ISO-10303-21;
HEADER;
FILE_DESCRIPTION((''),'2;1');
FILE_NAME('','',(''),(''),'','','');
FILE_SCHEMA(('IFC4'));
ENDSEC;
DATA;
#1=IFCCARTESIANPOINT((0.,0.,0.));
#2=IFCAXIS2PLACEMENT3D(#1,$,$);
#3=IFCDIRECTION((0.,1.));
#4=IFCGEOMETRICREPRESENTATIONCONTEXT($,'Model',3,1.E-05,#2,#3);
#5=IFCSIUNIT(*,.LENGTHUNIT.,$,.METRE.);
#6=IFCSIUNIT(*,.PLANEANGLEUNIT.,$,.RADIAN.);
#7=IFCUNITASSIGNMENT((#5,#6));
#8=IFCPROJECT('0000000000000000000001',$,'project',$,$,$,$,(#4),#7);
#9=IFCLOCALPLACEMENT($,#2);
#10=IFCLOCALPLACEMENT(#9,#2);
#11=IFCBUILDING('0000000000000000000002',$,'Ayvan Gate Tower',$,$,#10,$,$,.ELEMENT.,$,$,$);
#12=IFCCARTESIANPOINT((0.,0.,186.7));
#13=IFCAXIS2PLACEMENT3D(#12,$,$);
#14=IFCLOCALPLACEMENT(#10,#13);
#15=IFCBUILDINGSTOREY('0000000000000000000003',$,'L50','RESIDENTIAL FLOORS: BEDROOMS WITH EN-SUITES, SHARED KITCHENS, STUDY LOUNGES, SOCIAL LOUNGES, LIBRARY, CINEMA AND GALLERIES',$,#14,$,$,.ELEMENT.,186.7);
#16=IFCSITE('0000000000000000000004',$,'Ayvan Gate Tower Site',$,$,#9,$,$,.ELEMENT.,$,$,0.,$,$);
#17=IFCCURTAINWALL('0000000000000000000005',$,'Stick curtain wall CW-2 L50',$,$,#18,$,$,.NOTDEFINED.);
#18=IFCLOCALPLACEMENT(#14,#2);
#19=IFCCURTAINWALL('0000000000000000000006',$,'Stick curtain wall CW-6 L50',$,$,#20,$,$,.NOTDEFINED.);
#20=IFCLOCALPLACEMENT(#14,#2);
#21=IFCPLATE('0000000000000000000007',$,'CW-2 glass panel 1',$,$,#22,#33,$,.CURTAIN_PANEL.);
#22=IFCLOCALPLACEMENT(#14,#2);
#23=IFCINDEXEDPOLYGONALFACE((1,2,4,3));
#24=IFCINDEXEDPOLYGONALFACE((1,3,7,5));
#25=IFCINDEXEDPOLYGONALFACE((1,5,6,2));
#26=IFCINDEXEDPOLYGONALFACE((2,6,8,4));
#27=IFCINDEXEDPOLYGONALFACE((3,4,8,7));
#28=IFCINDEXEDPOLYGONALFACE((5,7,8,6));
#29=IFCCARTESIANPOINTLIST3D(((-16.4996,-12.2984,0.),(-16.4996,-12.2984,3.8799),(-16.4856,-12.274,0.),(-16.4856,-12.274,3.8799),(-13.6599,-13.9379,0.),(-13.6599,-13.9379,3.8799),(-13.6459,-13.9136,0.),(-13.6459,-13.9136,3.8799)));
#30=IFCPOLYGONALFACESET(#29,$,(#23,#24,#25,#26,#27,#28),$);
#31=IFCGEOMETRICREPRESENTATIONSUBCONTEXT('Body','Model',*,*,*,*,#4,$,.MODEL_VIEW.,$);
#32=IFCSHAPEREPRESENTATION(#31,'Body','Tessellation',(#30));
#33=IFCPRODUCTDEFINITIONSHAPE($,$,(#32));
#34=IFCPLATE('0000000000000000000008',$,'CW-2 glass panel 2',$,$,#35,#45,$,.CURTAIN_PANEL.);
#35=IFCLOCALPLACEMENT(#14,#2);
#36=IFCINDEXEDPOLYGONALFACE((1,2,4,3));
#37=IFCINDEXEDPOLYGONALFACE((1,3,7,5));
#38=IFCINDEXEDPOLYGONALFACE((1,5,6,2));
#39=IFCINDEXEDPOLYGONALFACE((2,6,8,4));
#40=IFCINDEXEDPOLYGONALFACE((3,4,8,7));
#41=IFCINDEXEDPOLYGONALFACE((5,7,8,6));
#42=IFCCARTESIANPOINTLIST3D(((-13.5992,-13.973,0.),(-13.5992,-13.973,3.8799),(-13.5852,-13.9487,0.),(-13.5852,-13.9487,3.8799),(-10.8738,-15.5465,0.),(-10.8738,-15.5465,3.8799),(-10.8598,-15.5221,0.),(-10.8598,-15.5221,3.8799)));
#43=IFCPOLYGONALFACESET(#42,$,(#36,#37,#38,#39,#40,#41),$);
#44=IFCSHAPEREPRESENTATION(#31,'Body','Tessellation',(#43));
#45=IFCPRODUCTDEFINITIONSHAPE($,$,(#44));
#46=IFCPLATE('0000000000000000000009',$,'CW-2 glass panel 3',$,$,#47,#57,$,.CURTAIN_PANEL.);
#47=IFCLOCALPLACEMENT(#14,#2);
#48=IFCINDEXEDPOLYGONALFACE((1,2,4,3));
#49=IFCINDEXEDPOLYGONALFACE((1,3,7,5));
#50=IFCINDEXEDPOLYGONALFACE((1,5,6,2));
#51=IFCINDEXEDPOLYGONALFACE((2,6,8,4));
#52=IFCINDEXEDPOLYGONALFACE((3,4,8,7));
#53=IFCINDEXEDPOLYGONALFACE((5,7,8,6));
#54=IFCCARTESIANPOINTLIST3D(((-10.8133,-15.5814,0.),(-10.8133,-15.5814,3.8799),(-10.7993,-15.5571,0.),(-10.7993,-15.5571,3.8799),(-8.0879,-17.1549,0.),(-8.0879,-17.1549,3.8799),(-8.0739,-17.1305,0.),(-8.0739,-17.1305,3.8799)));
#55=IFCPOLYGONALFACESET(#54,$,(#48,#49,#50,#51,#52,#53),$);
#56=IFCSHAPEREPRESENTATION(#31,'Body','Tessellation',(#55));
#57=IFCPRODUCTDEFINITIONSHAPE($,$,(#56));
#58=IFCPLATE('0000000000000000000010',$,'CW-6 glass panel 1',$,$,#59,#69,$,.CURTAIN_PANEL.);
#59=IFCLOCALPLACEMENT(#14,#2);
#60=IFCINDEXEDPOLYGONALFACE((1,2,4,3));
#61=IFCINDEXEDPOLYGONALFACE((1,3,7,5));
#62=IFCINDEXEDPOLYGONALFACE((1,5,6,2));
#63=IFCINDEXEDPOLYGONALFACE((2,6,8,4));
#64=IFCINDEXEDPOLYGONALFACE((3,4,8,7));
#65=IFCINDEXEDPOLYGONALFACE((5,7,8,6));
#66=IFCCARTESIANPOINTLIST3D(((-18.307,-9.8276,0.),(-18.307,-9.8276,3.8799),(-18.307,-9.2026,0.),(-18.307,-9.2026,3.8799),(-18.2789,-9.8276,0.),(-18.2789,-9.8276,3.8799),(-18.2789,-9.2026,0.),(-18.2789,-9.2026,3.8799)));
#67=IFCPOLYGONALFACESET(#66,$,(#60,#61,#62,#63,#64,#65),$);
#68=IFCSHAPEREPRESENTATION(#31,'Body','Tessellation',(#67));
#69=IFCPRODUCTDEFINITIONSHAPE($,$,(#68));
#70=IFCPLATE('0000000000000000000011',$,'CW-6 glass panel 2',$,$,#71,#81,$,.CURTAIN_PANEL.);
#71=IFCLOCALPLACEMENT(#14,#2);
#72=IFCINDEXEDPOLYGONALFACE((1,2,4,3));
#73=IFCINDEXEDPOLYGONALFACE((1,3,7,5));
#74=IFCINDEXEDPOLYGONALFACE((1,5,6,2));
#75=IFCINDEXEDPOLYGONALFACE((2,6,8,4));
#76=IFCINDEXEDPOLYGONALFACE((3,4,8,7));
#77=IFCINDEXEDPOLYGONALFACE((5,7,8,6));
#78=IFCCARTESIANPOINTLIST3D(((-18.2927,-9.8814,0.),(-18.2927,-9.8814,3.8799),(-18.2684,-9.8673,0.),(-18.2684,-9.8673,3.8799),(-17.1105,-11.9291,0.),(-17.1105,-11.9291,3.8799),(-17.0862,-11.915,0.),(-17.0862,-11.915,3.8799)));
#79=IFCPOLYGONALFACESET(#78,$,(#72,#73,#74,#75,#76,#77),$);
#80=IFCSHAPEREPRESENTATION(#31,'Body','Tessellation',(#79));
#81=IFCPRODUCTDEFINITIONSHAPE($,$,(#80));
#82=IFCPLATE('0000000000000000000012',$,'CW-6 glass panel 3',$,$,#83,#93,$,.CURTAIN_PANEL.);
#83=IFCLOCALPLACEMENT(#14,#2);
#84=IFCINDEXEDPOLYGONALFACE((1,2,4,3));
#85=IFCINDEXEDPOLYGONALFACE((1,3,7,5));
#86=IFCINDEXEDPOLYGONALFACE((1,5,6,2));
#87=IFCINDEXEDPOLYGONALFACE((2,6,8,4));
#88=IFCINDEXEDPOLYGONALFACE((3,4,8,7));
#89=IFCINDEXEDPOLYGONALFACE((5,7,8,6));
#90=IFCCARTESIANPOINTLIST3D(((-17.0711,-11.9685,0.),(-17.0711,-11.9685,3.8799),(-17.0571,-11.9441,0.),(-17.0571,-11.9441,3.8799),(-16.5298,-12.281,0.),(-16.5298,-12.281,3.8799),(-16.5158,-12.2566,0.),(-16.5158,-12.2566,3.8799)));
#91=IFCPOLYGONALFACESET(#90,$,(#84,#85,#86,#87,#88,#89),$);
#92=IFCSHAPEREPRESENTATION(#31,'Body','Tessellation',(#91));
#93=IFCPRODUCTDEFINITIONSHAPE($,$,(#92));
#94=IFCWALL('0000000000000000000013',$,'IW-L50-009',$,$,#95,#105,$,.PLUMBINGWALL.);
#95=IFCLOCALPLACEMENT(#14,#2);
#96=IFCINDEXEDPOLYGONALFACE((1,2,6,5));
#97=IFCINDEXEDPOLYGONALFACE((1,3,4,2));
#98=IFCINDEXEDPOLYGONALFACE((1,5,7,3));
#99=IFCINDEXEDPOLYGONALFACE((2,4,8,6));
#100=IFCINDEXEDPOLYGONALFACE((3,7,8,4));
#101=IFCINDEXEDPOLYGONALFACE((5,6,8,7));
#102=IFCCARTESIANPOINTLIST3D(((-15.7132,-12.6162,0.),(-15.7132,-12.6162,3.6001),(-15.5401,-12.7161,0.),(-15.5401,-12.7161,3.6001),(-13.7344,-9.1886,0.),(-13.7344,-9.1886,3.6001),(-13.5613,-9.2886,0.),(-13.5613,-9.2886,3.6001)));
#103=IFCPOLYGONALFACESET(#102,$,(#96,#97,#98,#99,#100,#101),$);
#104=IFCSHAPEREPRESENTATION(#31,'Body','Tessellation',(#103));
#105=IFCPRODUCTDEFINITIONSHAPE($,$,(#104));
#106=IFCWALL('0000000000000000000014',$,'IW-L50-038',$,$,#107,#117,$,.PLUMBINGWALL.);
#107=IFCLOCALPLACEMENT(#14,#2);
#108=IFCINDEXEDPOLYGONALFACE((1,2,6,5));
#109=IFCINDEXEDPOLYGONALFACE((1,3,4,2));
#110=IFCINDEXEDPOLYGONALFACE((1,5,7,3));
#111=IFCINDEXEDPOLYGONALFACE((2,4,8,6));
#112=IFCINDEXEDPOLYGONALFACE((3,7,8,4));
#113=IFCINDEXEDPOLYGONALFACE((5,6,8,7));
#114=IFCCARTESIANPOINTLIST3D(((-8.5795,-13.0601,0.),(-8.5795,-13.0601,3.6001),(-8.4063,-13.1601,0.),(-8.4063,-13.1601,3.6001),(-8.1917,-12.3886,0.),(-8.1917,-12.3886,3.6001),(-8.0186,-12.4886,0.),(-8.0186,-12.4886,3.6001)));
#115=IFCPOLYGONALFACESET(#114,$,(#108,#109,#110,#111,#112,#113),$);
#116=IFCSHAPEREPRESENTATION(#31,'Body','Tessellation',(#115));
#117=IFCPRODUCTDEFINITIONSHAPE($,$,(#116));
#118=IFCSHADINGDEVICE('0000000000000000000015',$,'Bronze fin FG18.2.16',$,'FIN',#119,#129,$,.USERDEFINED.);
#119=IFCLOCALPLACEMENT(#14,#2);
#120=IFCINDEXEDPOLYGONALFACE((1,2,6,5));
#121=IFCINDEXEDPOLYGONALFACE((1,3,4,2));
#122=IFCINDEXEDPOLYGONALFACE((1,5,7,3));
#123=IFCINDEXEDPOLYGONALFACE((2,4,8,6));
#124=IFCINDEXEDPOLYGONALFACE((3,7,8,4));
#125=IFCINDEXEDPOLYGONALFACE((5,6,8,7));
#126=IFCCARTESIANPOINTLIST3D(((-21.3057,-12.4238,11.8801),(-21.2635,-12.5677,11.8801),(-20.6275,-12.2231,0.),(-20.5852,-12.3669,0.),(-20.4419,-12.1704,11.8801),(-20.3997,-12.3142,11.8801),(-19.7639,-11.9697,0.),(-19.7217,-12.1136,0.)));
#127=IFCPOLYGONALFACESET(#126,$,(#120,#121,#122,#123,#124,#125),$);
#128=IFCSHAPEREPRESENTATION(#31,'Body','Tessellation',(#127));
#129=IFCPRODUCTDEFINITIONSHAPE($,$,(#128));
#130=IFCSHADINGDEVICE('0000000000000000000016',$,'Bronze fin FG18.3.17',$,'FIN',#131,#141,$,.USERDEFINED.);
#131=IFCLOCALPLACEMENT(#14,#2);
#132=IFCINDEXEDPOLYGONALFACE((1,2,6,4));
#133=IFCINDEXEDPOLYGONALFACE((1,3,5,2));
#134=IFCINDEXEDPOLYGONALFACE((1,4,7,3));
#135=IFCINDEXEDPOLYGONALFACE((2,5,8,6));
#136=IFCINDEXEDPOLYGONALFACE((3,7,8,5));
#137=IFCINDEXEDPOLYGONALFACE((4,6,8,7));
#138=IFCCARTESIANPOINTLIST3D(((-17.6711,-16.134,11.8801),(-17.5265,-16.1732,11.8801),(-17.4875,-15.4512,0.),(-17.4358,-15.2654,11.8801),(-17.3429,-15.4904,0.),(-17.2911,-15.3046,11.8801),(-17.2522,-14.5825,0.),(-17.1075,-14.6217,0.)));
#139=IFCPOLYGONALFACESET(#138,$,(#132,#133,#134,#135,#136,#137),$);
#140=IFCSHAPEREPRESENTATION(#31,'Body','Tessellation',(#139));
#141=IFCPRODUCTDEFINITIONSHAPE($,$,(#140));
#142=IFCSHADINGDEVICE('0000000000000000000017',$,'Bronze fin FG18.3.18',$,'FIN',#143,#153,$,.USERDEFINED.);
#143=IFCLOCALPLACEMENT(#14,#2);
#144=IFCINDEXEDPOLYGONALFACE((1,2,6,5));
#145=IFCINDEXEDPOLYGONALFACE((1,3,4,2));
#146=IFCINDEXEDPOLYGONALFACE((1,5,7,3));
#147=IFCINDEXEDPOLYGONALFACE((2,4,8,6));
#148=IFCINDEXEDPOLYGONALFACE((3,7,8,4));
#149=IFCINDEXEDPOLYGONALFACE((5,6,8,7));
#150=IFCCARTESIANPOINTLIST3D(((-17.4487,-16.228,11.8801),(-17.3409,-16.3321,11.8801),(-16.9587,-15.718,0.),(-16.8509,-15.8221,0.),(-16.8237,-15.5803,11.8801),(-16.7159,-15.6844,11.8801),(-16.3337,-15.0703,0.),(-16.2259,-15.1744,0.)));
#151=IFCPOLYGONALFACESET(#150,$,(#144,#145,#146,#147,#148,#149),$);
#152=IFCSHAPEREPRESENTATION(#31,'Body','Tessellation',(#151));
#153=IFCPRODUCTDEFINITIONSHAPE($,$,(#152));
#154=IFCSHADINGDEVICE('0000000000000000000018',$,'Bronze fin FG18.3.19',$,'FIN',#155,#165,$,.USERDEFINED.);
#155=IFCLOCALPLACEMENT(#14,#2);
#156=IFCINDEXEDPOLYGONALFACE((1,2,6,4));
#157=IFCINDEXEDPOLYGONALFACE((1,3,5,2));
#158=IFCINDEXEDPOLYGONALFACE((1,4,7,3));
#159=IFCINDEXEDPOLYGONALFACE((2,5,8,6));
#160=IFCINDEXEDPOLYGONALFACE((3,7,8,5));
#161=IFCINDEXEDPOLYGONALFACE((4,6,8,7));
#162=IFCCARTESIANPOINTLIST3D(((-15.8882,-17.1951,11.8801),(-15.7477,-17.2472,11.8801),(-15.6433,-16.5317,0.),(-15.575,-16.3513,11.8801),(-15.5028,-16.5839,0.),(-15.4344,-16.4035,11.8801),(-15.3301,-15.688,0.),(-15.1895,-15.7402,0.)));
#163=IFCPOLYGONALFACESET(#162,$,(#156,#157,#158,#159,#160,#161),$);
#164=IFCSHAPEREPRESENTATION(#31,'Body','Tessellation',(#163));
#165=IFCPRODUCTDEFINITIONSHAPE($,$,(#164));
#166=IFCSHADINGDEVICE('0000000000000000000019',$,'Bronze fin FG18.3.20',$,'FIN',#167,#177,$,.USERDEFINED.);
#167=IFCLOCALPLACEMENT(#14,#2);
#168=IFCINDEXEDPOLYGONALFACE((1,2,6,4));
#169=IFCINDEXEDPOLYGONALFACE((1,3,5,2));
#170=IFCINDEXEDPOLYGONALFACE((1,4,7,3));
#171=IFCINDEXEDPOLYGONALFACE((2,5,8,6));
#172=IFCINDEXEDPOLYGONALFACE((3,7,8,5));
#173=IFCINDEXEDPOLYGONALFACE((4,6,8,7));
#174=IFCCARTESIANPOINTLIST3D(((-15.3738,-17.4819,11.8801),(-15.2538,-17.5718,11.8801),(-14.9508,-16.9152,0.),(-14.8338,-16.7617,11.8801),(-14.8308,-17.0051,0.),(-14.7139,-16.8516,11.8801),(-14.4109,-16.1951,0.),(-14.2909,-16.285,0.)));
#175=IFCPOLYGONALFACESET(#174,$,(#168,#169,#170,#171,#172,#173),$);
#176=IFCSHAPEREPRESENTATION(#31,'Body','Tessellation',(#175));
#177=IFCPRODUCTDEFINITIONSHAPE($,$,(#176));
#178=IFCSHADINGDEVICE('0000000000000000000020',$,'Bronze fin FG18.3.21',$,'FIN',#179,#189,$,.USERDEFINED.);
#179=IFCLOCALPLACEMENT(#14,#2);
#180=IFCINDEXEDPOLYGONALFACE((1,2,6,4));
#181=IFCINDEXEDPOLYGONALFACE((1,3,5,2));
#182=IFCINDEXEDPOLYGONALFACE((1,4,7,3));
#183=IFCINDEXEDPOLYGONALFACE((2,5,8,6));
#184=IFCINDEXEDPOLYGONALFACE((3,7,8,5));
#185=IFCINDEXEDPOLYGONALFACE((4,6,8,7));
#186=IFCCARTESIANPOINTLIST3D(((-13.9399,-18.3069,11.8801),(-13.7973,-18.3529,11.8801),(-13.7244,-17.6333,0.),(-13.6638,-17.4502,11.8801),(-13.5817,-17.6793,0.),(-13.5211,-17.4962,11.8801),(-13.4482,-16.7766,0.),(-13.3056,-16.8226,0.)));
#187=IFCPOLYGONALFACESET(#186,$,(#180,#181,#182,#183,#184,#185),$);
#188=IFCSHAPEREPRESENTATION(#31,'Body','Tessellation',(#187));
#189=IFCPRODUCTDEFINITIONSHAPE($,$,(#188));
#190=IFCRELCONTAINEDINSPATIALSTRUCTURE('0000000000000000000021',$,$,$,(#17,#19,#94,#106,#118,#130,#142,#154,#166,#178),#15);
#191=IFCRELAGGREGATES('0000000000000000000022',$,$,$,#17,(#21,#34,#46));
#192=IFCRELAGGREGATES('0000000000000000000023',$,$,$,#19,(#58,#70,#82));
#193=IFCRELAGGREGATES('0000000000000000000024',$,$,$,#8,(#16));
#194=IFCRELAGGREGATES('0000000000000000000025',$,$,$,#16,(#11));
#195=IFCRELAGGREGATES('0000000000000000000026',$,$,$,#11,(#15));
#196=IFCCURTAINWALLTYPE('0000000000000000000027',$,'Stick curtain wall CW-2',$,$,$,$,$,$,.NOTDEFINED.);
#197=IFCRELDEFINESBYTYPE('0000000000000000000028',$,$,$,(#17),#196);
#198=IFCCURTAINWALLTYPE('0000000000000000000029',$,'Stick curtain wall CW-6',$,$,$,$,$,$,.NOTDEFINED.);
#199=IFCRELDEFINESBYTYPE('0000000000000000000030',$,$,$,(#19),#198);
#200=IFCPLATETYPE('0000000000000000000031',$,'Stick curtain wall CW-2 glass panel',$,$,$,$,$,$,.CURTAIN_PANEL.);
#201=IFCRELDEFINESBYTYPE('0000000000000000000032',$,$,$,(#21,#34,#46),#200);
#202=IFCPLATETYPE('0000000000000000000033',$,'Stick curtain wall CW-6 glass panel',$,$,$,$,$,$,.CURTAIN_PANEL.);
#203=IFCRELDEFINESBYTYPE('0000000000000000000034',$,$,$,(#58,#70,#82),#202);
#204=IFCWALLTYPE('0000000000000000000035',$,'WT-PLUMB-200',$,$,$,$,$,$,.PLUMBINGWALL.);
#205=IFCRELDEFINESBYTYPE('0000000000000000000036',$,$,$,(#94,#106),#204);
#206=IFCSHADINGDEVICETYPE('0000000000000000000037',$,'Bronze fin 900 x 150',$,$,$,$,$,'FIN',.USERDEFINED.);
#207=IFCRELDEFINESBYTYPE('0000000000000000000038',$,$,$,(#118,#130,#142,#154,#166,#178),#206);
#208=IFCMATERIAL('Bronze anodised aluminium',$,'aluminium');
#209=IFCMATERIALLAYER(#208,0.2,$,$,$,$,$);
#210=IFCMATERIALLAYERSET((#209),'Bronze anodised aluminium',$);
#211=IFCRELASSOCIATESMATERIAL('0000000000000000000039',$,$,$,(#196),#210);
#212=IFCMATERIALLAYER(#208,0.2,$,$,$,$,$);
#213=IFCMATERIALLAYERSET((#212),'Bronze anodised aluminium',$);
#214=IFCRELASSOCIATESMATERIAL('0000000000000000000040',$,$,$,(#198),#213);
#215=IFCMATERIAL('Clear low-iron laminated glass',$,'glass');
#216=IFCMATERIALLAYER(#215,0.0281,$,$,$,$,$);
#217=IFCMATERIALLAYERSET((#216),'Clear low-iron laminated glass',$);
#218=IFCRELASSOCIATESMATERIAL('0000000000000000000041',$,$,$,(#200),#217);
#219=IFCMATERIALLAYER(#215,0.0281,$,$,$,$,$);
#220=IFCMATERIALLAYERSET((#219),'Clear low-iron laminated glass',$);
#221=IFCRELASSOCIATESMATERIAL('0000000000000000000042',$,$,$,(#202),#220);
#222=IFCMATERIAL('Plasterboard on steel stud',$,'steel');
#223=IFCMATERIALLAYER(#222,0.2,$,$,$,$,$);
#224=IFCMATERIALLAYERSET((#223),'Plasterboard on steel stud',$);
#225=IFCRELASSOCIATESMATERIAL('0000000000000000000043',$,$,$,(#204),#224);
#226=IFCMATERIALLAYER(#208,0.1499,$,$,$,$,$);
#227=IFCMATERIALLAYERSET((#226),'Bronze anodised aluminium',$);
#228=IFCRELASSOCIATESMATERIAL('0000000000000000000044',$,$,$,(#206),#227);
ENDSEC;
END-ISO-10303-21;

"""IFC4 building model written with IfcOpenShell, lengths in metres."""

from ifc_helpers import new_model, si_unit, direction, frame, frame_2d, origin, origin_2d, place, context, subcontext, project, spatial, polyline, rectangle, outline, extrude, material, layer, layer_set, type_object, element, aggregate, save


model = new_model("IFC4")

# Units and contexts
model_context = context("Model", 3, precision=1e-05, world=origin(), true_north=direction((0.0, 1.0)))
body_context = subcontext(model_context, "Body", "Model", "MODEL_VIEW")
ifc_project = project(units=[si_unit("LENGTHUNIT", "METRE"), si_unit("PLANEANGLEUNIT", "RADIAN")], contexts=[model_context])

# Site, building, storey
site_placement = place(None, origin())
site = spatial("IfcSite", under=ifc_project, at=site_placement, Name="Ayvan Gate Tower Site", CompositionType="ELEMENT", RefElevation=0.0)
building_placement = place(site_placement, origin())
building = spatial("IfcBuilding", under=site, at=building_placement, Name="Ayvan Gate Tower", CompositionType="ELEMENT")
storey_placement = place(building_placement, frame((0.0, 0.0, 186.7)))
storey = spatial("IfcBuildingStorey", under=building, at=storey_placement, Name="L50", Description="RESIDENTIAL FLOORS: BEDROOMS WITH EN-SUITES, SHARED KITCHENS, STUDY LOUNGES, SOCIAL LOUNGES, LIBRARY, CINEMA AND GALLERIES", CompositionType="ELEMENT", Elevation=186.7)

# Curtain walls
ifc_material_1 = material(Name="Bronze anodised aluminium", Category="aluminium")
ifc_layer_1 = layer(ifc_material_1, 0.2)
ifc_layer_set_1 = layer_set([ifc_layer_1], Name="Bronze anodised aluminium")
curtain_wall_type_1 = type_object("IfcCurtainWallType", Name="Stick curtain wall CW-2", PredefinedType="NOTDEFINED", material=ifc_layer_set_1)
curtain_wall_1_placement = place(storey_placement, origin())
curtain_wall_1 = element("IfcCurtainWall", 1, at=curtain_wall_1_placement, inside=storey, type_object=curtain_wall_type_1, Name="Stick curtain wall CW-2 L50", PredefinedType="NOTDEFINED")
ifc_layer_2 = layer(ifc_material_1, 0.2)
ifc_layer_set_2 = layer_set([ifc_layer_2], Name="Bronze anodised aluminium")
curtain_wall_type_2 = type_object("IfcCurtainWallType", Name="Stick curtain wall CW-6", PredefinedType="NOTDEFINED", material=ifc_layer_set_2)
curtain_wall_2_placement = place(storey_placement, origin())
curtain_wall_2 = element("IfcCurtainWall", 2, at=curtain_wall_2_placement, inside=storey, type_object=curtain_wall_type_2, Name="Stick curtain wall CW-6 L50", PredefinedType="NOTDEFINED")

# Plates
ifc_material_2 = material(Name="Clear low-iron laminated glass", Category="glass")
ifc_layer_3 = layer(ifc_material_2, 0.0281)
ifc_layer_set_3 = layer_set([ifc_layer_3], Name="Clear low-iron laminated glass")
plate_type_1 = type_object("IfcPlateType", Name="Stick curtain wall CW-2 glass panel", PredefinedType="CURTAIN_PANEL", material=ifc_layer_set_3)
plate_1_placement = place(storey_placement, frame((-15.0728, -13.106, 0.0), z_axis=(0.0, 0.0, 1.0), x_axis=(0.866025, -0.5, 0.0)))
plate_1 = element("IfcPlate", 3, at=plate_1_placement, type_object=plate_type_1, Name="CW-2 glass panel 1", PredefinedType="CURTAIN_PANEL", context=body_context, shape_type="SweptSolid", body=[
    extrude(rectangle(XDim=3.2791, YDim=0.0281, at=origin_2d()), origin(), (0.0, 0.0, 1.0), 3.8799),
])
plate_2_placement = place(storey_placement, frame((-12.2295, -14.7476, 0.0), z_axis=(0.0, 0.0, 1.0), x_axis=(0.866025, -0.5, 0.0)))
plate_2 = element("IfcPlate", 4, at=plate_2_placement, type_object=plate_type_1, Name="CW-2 glass panel 2", PredefinedType="CURTAIN_PANEL", context=body_context, shape_type="SweptSolid", body=[
    extrude(rectangle(XDim=3.147, YDim=0.0281, at=origin_2d()), origin(), (0.0, 0.0, 1.0), 3.8799),
])
plate_3_placement = place(storey_placement, frame((-9.4436, -16.356, 0.0), z_axis=(0.0, 0.0, 1.0), x_axis=(0.866025, -0.5, 0.0)))
plate_3 = element("IfcPlate", 5, at=plate_3_placement, type_object=plate_type_1, Name="CW-2 glass panel 3", PredefinedType="CURTAIN_PANEL", context=body_context, shape_type="SweptSolid", body=[
    extrude(rectangle(XDim=3.147, YDim=0.0281, at=origin_2d()), origin(), (0.0, 0.0, 1.0), 3.8799),
])
aggregate(curtain_wall_1, [plate_1, plate_2, plate_3])
ifc_layer_4 = layer(ifc_material_2, 0.0281)
ifc_layer_set_4 = layer_set([ifc_layer_4], Name="Clear low-iron laminated glass")
plate_type_2 = type_object("IfcPlateType", Name="Stick curtain wall CW-6 glass panel", PredefinedType="CURTAIN_PANEL", material=ifc_layer_set_4)
plate_4_placement = place(storey_placement, frame((-18.293, -9.5151, 0.0), z_axis=(0.0, 0.0, 1.0), x_axis=(0.0, -1.0, 0.0)))
plate_4 = element("IfcPlate", 6, at=plate_4_placement, type_object=plate_type_2, Name="CW-6 glass panel 1", PredefinedType="CURTAIN_PANEL", context=body_context, shape_type="SweptSolid", body=[
    extrude(rectangle(XDim=0.625, YDim=0.0281, at=origin_2d()), origin(), (0.0, 0.0, 1.0), 3.8799),
])
plate_5_placement = place(storey_placement, frame((-17.6895, -10.8982, 0.0), z_axis=(0.0, 0.0, 1.0), x_axis=(0.5, -0.866025, 0.0)))
plate_5 = element("IfcPlate", 7, at=plate_5_placement, type_object=plate_type_2, Name="CW-6 glass panel 2", PredefinedType="CURTAIN_PANEL", context=body_context, shape_type="SweptSolid", body=[
    extrude(rectangle(XDim=2.3645, YDim=0.0281, at=origin_2d()), origin(), (0.0, 0.0, 1.0), 3.8799),
])
plate_6_placement = place(storey_placement, frame((-16.7935, -12.1125, 0.0), z_axis=(0.0, 0.0, 1.0), x_axis=(0.866025, -0.5, 0.0)))
plate_6 = element("IfcPlate", 8, at=plate_6_placement, type_object=plate_type_2, Name="CW-6 glass panel 3", PredefinedType="CURTAIN_PANEL", context=body_context, shape_type="SweptSolid", body=[
    extrude(rectangle(XDim=0.625, YDim=0.0281, at=origin_2d()), origin(), (0.0, 0.0, 1.0), 3.8799),
])
aggregate(curtain_wall_2, [plate_4, plate_5, plate_6])

# Walls
ifc_material_3 = material(Name="Plasterboard on steel stud", Category="steel")
ifc_layer_5 = layer(ifc_material_3, 0.2)
ifc_layer_set_5 = layer_set([ifc_layer_5], Name="Plasterboard on steel stud")
wall_type = type_object("IfcWallType", Name="WT-PLUMB-200", PredefinedType="PLUMBINGWALL", material=ifc_layer_set_5)
wall_1_placement = place(storey_placement, frame((-15.6267, -12.6663, 0.0), z_axis=(0.0, 0.0, 1.0), x_axis=(0.499981, 0.866037, 0.0)))
element("IfcWall", 9, at=wall_1_placement, inside=storey, type_object=wall_type, Name="IW-L50-009", PredefinedType="PLUMBINGWALL", context=body_context, shape_type="SweptSolid", body=[
    extrude(rectangle(XDim=3.9578, YDim=0.2, at=frame_2d((1.979, 0.0))), origin(), (0.0, 0.0, 1.0), 3.6001),
])
wall_2_placement = place(storey_placement, frame((-8.4929, -13.1101, 0.0), z_axis=(0.0, 0.0, 1.0), x_axis=(0.500068, 0.865986, 0.0)))
element("IfcWall", 10, at=wall_2_placement, inside=storey, type_object=wall_type, Name="IW-L50-038", PredefinedType="PLUMBINGWALL", context=body_context, shape_type="SweptSolid", body=[
    extrude(rectangle(XDim=0.7754, YDim=0.2, at=frame_2d((0.3877, 0.0))), origin(), (0.0, 0.0, 1.0), 3.6001),
])

# Shading devices
ifc_layer_6 = layer(ifc_material_1, 0.1499)
ifc_layer_set_6 = layer_set([ifc_layer_6], Name="Bronze anodised aluminium")
shading_device_type = type_object("IfcShadingDeviceType", Name="Bronze fin 900 x 150", ElementType="FIN", PredefinedType="USERDEFINED", material=ifc_layer_set_6)
shading_device_1_placement = place(storey_placement, frame((-19.7639, -11.9697, 0.0), z_axis=(-0.281557, 0.959545, 0.000138), x_axis=(-0.959545, -0.281557, 0.0)))
element("IfcShadingDevice", 11, at=shading_device_1_placement, inside=storey, type_object=shading_device_type, Name="Bronze fin FG18.2.16", ObjectType="FIN", PredefinedType="USERDEFINED", context=body_context, shape_type="SweptSolid", body=[
    extrude(outline(polyline([(0.0, 0.0), (0.8999, 0.0), (1.6072, 11.8801), (0.7071, 11.8801), (0.0, 0.0)])), origin(), (0.0, 0.0, -1.0), 0.1499),
])
shading_device_2_placement = place(storey_placement, frame((-17.2522, -14.5825, 0.0), z_axis=(-0.965201, 0.26151, 0.000115), x_axis=(-0.26151, -0.965201, 0.0)))
element("IfcShadingDevice", 12, at=shading_device_2_placement, inside=storey, type_object=shading_device_type, Name="Bronze fin FG18.3.17", ObjectType="FIN", PredefinedType="USERDEFINED", context=body_context, shape_type="SweptSolid", body=[
    extrude(outline(polyline([(0.0, 0.0), (0.9, 0.0), (1.6071, 11.8801), (0.7071, 11.8801), (0.0, 0.0)])), origin(), (0.0, 0.0, -1.0), 0.1499),
])
shading_device_3_placement = place(storey_placement, frame((-16.3337, -15.0703, 0.0), z_axis=(-0.719607, 0.694381, 0.00013), x_axis=(-0.694381, -0.719607, 0.0)))
element("IfcShadingDevice", 13, at=shading_device_3_placement, inside=storey, type_object=shading_device_type, Name="Bronze fin FG18.3.18", ObjectType="FIN", PredefinedType="USERDEFINED", context=body_context, shape_type="SweptSolid", body=[
    extrude(outline(polyline([(0.0, 0.0), (0.9001, 0.0), (1.6073, 11.8801), (0.7072, 11.8801), (0.0, 0.0)])), origin(), (0.0, 0.0, -1.0), 0.1499),
])
shading_device_4_placement = place(storey_placement, frame((-15.3301, -15.688, 0.0), z_axis=(-0.937483, 0.34803, 0.000109), x_axis=(-0.34803, -0.937483, 0.0)))
element("IfcShadingDevice", 14, at=shading_device_4_placement, inside=storey, type_object=shading_device_type, Name="Bronze fin FG18.3.19", ObjectType="FIN", PredefinedType="USERDEFINED", context=body_context, shape_type="SweptSolid", body=[
    extrude(outline(polyline([(0.0, 0.0), (0.9, 0.0), (1.6071, 11.8801), (0.7071, 11.8801), (0.0, 0.0)])), origin(), (0.0, 0.0, -1.0), 0.1499),
])
shading_device_5_placement = place(storey_placement, frame((-14.4109, -16.1951, 0.0), z_axis=(-0.80013, 0.599826, 0.000123), x_axis=(-0.599826, -0.80013, 0.0)))
element("IfcShadingDevice", 15, at=shading_device_5_placement, inside=storey, type_object=shading_device_type, Name="Bronze fin FG18.3.20", ObjectType="FIN", PredefinedType="USERDEFINED", context=body_context, shape_type="SweptSolid", body=[
    extrude(outline(polyline([(0.0, 0.0), (0.9, 0.0), (1.6072, 11.8801), (0.707, 11.8801), (0.0, 0.0)])), origin(), (0.0, 0.0, -1.0), 0.1499),
])
shading_device_6_placement = place(storey_placement, frame((-13.4482, -16.7766, 0.0), z_axis=(-0.951783, 0.306773, 0.000123), x_axis=(-0.306773, -0.951783, 0.0)))
element("IfcShadingDevice", 16, at=shading_device_6_placement, inside=storey, type_object=shading_device_type, Name="Bronze fin FG18.3.21", ObjectType="FIN", PredefinedType="USERDEFINED", context=body_context, shape_type="SweptSolid", body=[
    extrude(outline(polyline([(0.0, 0.0), (0.9001, 0.0), (1.6073, 11.8801), (0.7072, 11.8801), (0.0, 0.0)])), origin(), (0.0, 0.0, -1.0), 0.1499),
])

save(model, "model.ifc")
